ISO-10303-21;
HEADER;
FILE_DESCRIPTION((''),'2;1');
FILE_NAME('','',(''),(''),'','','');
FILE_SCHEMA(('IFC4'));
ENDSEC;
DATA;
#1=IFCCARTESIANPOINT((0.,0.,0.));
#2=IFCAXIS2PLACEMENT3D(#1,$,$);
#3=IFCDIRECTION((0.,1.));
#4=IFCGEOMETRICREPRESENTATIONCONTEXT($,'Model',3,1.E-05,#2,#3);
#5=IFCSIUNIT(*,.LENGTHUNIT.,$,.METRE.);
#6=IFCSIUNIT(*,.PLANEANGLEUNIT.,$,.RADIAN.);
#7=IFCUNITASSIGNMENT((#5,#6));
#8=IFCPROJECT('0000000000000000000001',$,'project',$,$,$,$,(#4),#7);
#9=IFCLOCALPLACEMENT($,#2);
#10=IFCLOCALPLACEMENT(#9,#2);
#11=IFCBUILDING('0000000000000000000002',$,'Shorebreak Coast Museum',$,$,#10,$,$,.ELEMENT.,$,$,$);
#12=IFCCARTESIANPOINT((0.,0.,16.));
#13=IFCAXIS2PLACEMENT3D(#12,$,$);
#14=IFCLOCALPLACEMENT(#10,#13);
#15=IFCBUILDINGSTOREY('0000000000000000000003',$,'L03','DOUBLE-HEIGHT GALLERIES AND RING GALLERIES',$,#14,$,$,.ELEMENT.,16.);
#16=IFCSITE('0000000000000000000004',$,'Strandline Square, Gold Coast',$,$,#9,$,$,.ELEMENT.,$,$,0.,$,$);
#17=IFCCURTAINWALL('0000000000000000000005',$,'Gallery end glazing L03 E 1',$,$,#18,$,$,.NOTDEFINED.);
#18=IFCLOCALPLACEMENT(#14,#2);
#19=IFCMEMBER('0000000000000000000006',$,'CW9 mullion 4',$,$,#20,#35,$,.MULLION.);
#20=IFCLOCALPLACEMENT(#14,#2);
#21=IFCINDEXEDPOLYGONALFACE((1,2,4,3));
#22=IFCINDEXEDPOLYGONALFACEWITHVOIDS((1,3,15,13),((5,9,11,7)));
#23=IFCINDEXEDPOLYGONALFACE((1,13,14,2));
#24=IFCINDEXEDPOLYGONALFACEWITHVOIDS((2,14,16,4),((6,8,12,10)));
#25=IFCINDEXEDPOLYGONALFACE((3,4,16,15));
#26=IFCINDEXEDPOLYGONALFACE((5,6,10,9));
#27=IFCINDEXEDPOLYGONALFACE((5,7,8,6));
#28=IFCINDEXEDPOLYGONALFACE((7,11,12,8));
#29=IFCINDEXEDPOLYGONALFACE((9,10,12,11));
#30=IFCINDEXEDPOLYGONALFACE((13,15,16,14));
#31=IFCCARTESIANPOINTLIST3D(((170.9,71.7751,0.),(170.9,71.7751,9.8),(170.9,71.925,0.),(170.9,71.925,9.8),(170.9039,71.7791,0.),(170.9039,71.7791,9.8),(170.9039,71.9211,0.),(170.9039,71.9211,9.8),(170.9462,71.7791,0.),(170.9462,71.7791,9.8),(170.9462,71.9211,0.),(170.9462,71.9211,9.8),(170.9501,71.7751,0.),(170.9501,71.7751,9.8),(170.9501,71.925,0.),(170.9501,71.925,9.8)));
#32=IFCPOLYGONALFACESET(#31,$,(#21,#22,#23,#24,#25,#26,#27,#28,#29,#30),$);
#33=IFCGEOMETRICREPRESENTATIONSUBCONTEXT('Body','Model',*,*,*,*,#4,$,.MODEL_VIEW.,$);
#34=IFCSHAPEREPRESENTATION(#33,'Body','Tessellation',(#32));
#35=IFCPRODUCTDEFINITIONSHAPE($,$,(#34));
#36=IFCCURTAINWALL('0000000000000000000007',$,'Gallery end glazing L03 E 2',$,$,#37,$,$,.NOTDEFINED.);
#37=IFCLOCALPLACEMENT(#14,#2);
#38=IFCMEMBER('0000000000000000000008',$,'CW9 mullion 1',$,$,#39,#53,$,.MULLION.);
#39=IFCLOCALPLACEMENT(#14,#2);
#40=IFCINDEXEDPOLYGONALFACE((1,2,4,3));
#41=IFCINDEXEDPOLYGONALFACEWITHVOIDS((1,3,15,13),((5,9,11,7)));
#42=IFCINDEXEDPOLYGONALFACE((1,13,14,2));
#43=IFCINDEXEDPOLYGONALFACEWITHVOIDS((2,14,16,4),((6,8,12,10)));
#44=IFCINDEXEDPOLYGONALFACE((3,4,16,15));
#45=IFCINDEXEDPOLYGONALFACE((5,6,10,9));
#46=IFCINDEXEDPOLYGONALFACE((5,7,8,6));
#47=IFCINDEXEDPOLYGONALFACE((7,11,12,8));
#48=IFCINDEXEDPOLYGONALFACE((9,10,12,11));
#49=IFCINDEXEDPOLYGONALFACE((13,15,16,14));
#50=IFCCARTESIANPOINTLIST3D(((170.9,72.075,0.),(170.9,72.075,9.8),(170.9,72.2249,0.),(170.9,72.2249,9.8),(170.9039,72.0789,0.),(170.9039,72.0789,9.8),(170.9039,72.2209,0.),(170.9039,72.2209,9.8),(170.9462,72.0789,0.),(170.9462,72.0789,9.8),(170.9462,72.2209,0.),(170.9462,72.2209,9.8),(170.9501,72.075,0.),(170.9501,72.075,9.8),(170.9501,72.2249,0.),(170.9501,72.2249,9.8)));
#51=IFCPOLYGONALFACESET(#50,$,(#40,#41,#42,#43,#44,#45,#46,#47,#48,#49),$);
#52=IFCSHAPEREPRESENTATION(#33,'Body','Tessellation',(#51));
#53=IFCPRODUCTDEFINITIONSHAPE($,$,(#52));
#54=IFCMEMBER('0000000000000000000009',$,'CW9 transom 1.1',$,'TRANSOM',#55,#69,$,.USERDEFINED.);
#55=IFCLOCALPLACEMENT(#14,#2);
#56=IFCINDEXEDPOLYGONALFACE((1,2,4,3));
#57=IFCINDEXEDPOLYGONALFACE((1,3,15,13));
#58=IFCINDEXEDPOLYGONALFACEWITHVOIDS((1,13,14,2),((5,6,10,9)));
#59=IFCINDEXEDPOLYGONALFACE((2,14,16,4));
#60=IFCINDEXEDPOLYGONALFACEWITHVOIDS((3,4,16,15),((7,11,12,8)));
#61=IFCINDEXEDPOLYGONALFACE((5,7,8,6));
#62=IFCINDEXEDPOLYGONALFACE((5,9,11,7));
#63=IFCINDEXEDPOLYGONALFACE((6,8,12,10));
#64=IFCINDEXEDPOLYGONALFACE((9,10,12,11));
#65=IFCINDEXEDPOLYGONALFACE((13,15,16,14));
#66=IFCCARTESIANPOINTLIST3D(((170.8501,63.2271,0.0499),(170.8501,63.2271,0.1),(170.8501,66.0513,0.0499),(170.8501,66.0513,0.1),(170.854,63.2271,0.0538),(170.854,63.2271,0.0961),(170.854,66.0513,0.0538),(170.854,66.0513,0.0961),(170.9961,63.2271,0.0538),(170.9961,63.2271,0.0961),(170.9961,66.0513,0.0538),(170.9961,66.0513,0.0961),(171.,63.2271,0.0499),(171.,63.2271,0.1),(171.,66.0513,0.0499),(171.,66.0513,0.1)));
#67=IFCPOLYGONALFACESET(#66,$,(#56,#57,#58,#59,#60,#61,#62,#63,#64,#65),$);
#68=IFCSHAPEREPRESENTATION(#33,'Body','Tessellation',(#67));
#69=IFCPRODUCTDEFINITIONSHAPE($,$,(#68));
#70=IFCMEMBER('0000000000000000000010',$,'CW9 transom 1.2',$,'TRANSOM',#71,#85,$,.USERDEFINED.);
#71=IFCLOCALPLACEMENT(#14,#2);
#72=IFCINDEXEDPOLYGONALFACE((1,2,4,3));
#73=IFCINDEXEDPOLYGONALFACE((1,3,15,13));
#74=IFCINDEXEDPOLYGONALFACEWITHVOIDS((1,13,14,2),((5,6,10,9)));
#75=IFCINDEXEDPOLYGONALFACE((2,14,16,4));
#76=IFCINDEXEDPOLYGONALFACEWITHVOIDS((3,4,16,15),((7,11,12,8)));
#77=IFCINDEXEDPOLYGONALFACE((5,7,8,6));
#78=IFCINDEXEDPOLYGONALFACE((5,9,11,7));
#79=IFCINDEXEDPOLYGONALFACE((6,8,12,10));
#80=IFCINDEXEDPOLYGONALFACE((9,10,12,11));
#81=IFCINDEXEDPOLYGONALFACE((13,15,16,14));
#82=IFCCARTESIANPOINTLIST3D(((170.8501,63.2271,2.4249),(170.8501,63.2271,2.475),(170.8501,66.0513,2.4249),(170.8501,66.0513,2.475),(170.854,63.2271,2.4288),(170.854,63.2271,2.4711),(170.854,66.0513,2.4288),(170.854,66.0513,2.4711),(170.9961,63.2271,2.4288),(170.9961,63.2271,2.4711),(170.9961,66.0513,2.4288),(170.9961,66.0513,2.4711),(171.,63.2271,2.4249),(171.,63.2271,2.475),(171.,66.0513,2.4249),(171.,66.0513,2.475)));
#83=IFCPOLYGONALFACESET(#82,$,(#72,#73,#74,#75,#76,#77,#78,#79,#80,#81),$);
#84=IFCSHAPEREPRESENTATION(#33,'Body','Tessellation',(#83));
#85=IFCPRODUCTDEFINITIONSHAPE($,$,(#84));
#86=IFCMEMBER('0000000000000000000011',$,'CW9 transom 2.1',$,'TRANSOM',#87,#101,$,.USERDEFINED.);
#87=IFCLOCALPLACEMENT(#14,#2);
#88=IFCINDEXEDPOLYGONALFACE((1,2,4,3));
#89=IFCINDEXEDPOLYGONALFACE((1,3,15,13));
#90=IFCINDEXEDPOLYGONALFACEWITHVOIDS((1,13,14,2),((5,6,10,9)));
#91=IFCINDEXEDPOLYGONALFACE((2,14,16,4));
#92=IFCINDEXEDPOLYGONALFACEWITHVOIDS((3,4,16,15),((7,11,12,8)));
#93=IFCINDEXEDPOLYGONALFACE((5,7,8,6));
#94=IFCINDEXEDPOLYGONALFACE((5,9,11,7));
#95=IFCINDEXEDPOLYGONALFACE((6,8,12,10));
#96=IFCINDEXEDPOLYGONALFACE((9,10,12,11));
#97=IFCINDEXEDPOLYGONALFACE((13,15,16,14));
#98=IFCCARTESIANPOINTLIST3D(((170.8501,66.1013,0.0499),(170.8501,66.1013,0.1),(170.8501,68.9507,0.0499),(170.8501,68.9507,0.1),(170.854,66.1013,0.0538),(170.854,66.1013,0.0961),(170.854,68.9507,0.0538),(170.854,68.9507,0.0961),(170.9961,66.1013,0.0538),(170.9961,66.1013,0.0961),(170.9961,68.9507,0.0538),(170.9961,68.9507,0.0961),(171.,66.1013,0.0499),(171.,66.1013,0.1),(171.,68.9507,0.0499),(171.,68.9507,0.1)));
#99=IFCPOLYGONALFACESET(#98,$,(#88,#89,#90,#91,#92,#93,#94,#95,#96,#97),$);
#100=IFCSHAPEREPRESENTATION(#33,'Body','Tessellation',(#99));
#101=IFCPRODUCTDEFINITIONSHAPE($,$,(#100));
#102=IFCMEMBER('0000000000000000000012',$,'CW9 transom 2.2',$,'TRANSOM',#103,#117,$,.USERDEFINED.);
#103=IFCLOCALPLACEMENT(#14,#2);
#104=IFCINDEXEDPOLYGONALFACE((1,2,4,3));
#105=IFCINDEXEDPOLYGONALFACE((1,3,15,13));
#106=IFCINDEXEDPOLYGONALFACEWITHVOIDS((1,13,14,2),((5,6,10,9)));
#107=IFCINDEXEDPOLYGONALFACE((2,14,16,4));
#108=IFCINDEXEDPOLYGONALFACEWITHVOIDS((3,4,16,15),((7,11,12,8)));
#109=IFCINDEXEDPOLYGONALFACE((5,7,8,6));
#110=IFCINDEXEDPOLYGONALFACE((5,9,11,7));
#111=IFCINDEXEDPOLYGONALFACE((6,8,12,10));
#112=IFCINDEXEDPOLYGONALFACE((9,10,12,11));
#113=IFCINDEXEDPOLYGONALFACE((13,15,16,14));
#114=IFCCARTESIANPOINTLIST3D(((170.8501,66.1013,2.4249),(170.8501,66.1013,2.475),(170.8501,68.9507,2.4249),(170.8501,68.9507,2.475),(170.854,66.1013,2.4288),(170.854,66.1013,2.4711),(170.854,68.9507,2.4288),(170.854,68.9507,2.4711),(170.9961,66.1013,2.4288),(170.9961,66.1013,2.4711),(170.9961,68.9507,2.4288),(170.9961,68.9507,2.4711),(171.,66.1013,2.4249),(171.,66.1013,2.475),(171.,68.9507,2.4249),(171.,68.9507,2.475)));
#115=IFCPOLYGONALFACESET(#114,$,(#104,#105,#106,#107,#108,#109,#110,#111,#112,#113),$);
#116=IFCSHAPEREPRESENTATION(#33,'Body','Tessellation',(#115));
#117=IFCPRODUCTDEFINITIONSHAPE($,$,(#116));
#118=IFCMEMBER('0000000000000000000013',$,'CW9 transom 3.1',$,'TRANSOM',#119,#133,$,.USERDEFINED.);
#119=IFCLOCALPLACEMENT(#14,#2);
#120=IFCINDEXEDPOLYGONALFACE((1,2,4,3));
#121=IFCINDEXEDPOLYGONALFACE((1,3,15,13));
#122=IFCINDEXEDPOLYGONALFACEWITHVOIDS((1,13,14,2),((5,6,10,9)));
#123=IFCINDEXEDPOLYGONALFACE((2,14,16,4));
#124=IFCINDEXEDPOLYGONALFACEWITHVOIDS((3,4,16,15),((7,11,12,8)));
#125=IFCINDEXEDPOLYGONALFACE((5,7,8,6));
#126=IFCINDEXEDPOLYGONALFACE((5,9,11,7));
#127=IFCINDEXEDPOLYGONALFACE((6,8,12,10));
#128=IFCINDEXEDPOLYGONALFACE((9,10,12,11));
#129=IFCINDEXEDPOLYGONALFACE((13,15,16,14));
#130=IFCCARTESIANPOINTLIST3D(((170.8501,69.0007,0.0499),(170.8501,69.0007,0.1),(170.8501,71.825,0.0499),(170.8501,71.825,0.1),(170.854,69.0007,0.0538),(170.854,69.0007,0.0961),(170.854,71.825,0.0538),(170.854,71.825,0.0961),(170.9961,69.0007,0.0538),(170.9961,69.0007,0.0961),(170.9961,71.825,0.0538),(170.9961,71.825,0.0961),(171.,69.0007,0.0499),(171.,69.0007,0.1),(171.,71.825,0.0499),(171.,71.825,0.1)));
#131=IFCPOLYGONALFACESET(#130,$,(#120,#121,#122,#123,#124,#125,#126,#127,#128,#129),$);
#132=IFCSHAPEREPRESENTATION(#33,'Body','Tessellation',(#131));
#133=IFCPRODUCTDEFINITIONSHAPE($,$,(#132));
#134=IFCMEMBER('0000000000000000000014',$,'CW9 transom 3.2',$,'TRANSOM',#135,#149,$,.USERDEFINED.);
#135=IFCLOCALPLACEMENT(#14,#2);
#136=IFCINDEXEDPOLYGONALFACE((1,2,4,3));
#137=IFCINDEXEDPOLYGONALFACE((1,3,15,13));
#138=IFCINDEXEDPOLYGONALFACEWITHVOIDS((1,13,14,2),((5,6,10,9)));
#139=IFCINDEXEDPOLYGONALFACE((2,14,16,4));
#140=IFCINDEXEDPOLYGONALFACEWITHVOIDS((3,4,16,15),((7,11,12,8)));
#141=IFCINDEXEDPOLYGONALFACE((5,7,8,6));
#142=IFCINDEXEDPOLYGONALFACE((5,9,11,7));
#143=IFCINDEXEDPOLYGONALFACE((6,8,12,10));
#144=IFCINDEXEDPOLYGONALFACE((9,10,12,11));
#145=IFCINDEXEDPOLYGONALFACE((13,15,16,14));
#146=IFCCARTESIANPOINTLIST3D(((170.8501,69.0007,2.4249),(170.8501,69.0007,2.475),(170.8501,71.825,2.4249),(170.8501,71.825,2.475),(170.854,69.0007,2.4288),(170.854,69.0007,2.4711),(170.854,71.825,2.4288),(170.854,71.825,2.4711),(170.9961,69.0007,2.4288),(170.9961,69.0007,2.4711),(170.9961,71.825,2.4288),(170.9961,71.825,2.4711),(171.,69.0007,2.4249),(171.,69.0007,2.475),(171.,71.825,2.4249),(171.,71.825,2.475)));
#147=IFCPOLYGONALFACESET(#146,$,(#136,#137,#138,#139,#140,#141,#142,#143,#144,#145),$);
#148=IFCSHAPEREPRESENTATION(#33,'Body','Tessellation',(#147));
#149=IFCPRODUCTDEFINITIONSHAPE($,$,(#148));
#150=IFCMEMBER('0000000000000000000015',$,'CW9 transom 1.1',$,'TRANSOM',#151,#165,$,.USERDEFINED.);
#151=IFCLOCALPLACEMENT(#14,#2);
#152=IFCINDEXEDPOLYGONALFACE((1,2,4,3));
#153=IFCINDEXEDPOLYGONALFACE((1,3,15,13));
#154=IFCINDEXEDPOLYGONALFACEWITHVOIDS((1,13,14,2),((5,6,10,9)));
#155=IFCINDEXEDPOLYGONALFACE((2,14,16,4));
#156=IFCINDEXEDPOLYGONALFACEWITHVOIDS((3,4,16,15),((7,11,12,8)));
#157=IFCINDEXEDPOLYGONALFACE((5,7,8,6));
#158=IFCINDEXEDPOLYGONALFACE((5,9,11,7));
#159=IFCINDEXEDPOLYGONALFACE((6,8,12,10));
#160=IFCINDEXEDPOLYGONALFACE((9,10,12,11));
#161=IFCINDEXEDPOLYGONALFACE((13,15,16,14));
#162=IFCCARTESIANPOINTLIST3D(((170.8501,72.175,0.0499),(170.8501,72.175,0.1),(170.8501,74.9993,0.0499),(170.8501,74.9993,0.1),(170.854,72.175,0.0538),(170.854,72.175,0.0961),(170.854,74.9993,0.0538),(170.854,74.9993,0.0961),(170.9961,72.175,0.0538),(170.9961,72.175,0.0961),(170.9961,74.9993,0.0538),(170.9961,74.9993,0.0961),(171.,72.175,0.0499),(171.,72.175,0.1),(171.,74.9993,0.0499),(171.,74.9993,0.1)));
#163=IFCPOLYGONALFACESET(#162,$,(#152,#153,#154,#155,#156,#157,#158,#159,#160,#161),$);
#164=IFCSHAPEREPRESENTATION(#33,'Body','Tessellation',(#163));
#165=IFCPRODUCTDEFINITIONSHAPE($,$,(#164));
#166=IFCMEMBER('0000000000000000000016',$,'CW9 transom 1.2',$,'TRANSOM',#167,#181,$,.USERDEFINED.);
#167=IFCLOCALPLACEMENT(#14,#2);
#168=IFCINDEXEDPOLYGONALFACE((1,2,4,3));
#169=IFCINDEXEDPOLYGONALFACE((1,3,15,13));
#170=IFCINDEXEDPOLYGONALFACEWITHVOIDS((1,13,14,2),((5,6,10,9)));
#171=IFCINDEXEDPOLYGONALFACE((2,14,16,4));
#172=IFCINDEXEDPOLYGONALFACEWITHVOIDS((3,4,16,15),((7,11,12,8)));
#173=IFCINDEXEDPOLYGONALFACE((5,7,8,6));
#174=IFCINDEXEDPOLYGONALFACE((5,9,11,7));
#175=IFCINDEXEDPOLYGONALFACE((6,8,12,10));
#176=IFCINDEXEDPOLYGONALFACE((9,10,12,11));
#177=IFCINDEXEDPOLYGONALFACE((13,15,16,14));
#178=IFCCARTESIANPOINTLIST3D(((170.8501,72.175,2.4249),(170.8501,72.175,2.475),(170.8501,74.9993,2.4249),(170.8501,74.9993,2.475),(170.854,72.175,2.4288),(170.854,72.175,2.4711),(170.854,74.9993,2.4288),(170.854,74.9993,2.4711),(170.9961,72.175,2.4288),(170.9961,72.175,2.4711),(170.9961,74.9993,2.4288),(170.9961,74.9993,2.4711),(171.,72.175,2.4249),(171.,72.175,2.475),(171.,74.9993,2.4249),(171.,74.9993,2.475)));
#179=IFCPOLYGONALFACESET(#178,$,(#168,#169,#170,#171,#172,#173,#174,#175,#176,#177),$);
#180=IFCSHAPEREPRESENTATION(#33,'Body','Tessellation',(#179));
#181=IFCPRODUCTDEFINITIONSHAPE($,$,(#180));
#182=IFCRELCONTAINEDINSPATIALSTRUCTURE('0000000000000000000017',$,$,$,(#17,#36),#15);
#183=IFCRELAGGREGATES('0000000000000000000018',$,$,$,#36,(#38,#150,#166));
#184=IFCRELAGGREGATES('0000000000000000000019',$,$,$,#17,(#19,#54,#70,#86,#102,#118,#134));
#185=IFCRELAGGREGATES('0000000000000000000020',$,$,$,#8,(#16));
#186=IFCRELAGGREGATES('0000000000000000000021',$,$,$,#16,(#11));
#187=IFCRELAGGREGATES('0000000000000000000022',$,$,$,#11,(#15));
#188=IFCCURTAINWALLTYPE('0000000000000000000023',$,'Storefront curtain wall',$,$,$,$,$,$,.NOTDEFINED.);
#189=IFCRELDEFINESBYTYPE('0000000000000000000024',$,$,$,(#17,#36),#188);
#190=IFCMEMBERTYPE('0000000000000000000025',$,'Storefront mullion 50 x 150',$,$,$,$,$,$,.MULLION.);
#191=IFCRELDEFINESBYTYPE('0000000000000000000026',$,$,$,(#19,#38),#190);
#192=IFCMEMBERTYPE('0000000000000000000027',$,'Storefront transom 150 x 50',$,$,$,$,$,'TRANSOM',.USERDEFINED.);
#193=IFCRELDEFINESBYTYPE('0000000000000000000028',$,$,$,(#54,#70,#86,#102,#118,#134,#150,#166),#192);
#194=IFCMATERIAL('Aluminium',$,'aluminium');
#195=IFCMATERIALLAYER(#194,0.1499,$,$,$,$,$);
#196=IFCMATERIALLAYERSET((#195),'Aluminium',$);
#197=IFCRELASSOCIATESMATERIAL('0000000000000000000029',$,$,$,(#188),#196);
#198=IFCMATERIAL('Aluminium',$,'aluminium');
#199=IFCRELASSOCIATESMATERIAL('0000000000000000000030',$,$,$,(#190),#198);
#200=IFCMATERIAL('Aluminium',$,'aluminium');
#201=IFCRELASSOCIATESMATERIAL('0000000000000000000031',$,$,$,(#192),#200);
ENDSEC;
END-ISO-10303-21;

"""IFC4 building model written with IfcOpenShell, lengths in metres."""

from ifc_helpers import new_model, si_unit, direction, frame, origin, origin_2d, place, context, subcontext, project, spatial, hollow_rectangle, extrude, material, layer, layer_set, material_profile, profile_set, type_object, element, aggregate, save


model = new_model("IFC4")

# Units and contexts
model_context = context("Model", 3, precision=1e-05, world=origin(), true_north=direction((0.0, 1.0)))
body_context = subcontext(model_context, "Body", "Model", "MODEL_VIEW")
ifc_project = project(units=[si_unit("LENGTHUNIT", "METRE"), si_unit("PLANEANGLEUNIT", "RADIAN")], contexts=[model_context])

# Site, building, storey
site_placement = place(None, origin())
site = spatial("IfcSite", under=ifc_project, at=site_placement, Name="Strandline Square, Gold Coast", CompositionType="ELEMENT", RefElevation=0.0)
building_placement = place(site_placement, origin())
building = spatial("IfcBuilding", under=site, at=building_placement, Name="Shorebreak Coast Museum", CompositionType="ELEMENT")
storey_placement = place(building_placement, frame((0.0, 0.0, 16.0)))
storey = spatial("IfcBuildingStorey", under=building, at=storey_placement, Name="L03", Description="DOUBLE-HEIGHT GALLERIES AND RING GALLERIES", CompositionType="ELEMENT", Elevation=16.0)

# Curtain wall, member
ifc_material_1 = material(Name="Aluminium", Category="aluminium")
ifc_layer_1 = layer(ifc_material_1, 0.1499)
ifc_layer_set_1 = layer_set([ifc_layer_1], Name="Aluminium")
curtain_wall_type = type_object("IfcCurtainWallType", Name="Storefront curtain wall", PredefinedType="NOTDEFINED", material=ifc_layer_set_1)
curtain_wall_1_placement = place(storey_placement, origin())
curtain_wall_1 = element("IfcCurtainWall", 1, at=curtain_wall_1_placement, inside=storey, type_object=curtain_wall_type, Name="Gallery end glazing L03 E 1", PredefinedType="NOTDEFINED")
ifc_material_2 = material(Name="Aluminium", Category="aluminium")
ifc_material_profile_1 = material_profile(ifc_material_2, hollow_rectangle(XDim=0.05, YDim=0.1499, WallThickness=0.0039, at=origin_2d()), Name="AL 150x50 RHS")
ifc_profile_set_1 = profile_set([ifc_material_profile_1], Name="Aluminium")
member_type_1 = type_object("IfcMemberType", Name="Storefront mullion 50 x 150", PredefinedType="MULLION", material=ifc_profile_set_1)
member_1_placement = place(storey_placement, frame((170.925, 71.8501, 0.0), z_axis=(0.0, 0.0, 1.0), x_axis=(-1.0, 0.0, 0.0)))
member_1 = element("IfcMember", 2, at=member_1_placement, type_object=member_type_1, Name="CW9 mullion 4", PredefinedType="MULLION", context=body_context, shape_type="SweptSolid", body=[
    extrude(hollow_rectangle(XDim=0.05, YDim=0.1499, WallThickness=0.0039, at=origin_2d()), origin(), (0.0, 0.0, 1.0), 9.8),
])

# Curtain wall, member
curtain_wall_2_placement = place(storey_placement, origin())
curtain_wall_2 = element("IfcCurtainWall", 3, at=curtain_wall_2_placement, inside=storey, type_object=curtain_wall_type, Name="Gallery end glazing L03 E 2", PredefinedType="NOTDEFINED")
member_2_placement = place(storey_placement, frame((170.925, 72.1499, 0.0), z_axis=(0.0, 0.0, 1.0), x_axis=(-1.0, 0.0, 0.0)))
member_2 = element("IfcMember", 4, at=member_2_placement, type_object=member_type_1, Name="CW9 mullion 1", PredefinedType="MULLION", context=body_context, shape_type="SweptSolid", body=[
    extrude(hollow_rectangle(XDim=0.05, YDim=0.1499, WallThickness=0.0039, at=origin_2d()), origin(), (0.0, 0.0, 1.0), 9.8),
])

# Members
ifc_material_3 = material(Name="Aluminium", Category="aluminium")
ifc_material_profile_2 = material_profile(ifc_material_3, hollow_rectangle(XDim=0.1499, YDim=0.05, WallThickness=0.0039, at=origin_2d()), Name="AL 50x150 RHS")
ifc_profile_set_2 = profile_set([ifc_material_profile_2], Name="Aluminium")
member_type_2 = type_object("IfcMemberType", Name="Storefront transom 150 x 50", ElementType="TRANSOM", PredefinedType="USERDEFINED", material=ifc_profile_set_2)
member_3_placement = place(storey_placement, frame((170.925, 63.2271, 0.075), z_axis=(0.0, 1.0, 0.0), x_axis=(-1.0, 0.0, 0.0)))
member_3 = element("IfcMember", 5, at=member_3_placement, type_object=member_type_2, Name="CW9 transom 1.1", ObjectType="TRANSOM", PredefinedType="USERDEFINED", context=body_context, shape_type="SweptSolid", body=[
    extrude(hollow_rectangle(XDim=0.1499, YDim=0.05, WallThickness=0.0039, at=origin_2d()), origin(), (0.0, 0.0, 1.0), 2.8242),
])
member_4_placement = place(storey_placement, frame((170.925, 63.2271, 2.45), z_axis=(0.0, 1.0, 0.0), x_axis=(-1.0, 0.0, 0.0)))
member_4 = element("IfcMember", 6, at=member_4_placement, type_object=member_type_2, Name="CW9 transom 1.2", ObjectType="TRANSOM", PredefinedType="USERDEFINED", context=body_context, shape_type="SweptSolid", body=[
    extrude(hollow_rectangle(XDim=0.1499, YDim=0.05, WallThickness=0.0039, at=origin_2d()), origin(), (0.0, 0.0, 1.0), 2.8242),
])
member_5_placement = place(storey_placement, frame((170.925, 66.1013, 0.075), z_axis=(0.0, 1.0, 0.0), x_axis=(-1.0, 0.0, 0.0)))
member_5 = element("IfcMember", 7, at=member_5_placement, type_object=member_type_2, Name="CW9 transom 2.1", ObjectType="TRANSOM", PredefinedType="USERDEFINED", context=body_context, shape_type="SweptSolid", body=[
    extrude(hollow_rectangle(XDim=0.1499, YDim=0.05, WallThickness=0.0039, at=origin_2d()), origin(), (0.0, 0.0, 1.0), 2.8494),
])
member_6_placement = place(storey_placement, frame((170.925, 66.1013, 2.45), z_axis=(0.0, 1.0, 0.0), x_axis=(-1.0, 0.0, 0.0)))
member_6 = element("IfcMember", 8, at=member_6_placement, type_object=member_type_2, Name="CW9 transom 2.2", ObjectType="TRANSOM", PredefinedType="USERDEFINED", context=body_context, shape_type="SweptSolid", body=[
    extrude(hollow_rectangle(XDim=0.1499, YDim=0.05, WallThickness=0.0039, at=origin_2d()), origin(), (0.0, 0.0, 1.0), 2.8494),
])
member_7_placement = place(storey_placement, frame((170.925, 69.0007, 0.075), z_axis=(0.0, 1.0, 0.0), x_axis=(-1.0, 0.0, 0.0)))
member_7 = element("IfcMember", 9, at=member_7_placement, type_object=member_type_2, Name="CW9 transom 3.1", ObjectType="TRANSOM", PredefinedType="USERDEFINED", context=body_context, shape_type="SweptSolid", body=[
    extrude(hollow_rectangle(XDim=0.1499, YDim=0.05, WallThickness=0.0039, at=origin_2d()), origin(), (0.0, 0.0, 1.0), 2.8242),
])
member_8_placement = place(storey_placement, frame((170.925, 69.0007, 2.45), z_axis=(0.0, 1.0, 0.0), x_axis=(-1.0, 0.0, 0.0)))
member_8 = element("IfcMember", 10, at=member_8_placement, type_object=member_type_2, Name="CW9 transom 3.2", ObjectType="TRANSOM", PredefinedType="USERDEFINED", context=body_context, shape_type="SweptSolid", body=[
    extrude(hollow_rectangle(XDim=0.1499, YDim=0.05, WallThickness=0.0039, at=origin_2d()), origin(), (0.0, 0.0, 1.0), 2.8242),
])
member_9_placement = place(storey_placement, frame((170.925, 72.175, 0.075), z_axis=(0.0, 1.0, 0.0), x_axis=(-1.0, 0.0, 0.0)))
member_9 = element("IfcMember", 11, at=member_9_placement, type_object=member_type_2, Name="CW9 transom 1.1", ObjectType="TRANSOM", PredefinedType="USERDEFINED", context=body_context, shape_type="SweptSolid", body=[
    extrude(hollow_rectangle(XDim=0.1499, YDim=0.05, WallThickness=0.0039, at=origin_2d()), origin(), (0.0, 0.0, 1.0), 2.8242),
])
member_10_placement = place(storey_placement, frame((170.925, 72.175, 2.45), z_axis=(0.0, 1.0, 0.0), x_axis=(-1.0, 0.0, 0.0)))
member_10 = element("IfcMember", 12, at=member_10_placement, type_object=member_type_2, Name="CW9 transom 1.2", ObjectType="TRANSOM", PredefinedType="USERDEFINED", context=body_context, shape_type="SweptSolid", body=[
    extrude(hollow_rectangle(XDim=0.1499, YDim=0.05, WallThickness=0.0039, at=origin_2d()), origin(), (0.0, 0.0, 1.0), 2.8242),
])
aggregate(curtain_wall_2, [member_2, member_9, member_10])

aggregate(curtain_wall_1, [member_1, member_3, member_4, member_5, member_6, member_7, member_8])

save(model, "model.ifc")
